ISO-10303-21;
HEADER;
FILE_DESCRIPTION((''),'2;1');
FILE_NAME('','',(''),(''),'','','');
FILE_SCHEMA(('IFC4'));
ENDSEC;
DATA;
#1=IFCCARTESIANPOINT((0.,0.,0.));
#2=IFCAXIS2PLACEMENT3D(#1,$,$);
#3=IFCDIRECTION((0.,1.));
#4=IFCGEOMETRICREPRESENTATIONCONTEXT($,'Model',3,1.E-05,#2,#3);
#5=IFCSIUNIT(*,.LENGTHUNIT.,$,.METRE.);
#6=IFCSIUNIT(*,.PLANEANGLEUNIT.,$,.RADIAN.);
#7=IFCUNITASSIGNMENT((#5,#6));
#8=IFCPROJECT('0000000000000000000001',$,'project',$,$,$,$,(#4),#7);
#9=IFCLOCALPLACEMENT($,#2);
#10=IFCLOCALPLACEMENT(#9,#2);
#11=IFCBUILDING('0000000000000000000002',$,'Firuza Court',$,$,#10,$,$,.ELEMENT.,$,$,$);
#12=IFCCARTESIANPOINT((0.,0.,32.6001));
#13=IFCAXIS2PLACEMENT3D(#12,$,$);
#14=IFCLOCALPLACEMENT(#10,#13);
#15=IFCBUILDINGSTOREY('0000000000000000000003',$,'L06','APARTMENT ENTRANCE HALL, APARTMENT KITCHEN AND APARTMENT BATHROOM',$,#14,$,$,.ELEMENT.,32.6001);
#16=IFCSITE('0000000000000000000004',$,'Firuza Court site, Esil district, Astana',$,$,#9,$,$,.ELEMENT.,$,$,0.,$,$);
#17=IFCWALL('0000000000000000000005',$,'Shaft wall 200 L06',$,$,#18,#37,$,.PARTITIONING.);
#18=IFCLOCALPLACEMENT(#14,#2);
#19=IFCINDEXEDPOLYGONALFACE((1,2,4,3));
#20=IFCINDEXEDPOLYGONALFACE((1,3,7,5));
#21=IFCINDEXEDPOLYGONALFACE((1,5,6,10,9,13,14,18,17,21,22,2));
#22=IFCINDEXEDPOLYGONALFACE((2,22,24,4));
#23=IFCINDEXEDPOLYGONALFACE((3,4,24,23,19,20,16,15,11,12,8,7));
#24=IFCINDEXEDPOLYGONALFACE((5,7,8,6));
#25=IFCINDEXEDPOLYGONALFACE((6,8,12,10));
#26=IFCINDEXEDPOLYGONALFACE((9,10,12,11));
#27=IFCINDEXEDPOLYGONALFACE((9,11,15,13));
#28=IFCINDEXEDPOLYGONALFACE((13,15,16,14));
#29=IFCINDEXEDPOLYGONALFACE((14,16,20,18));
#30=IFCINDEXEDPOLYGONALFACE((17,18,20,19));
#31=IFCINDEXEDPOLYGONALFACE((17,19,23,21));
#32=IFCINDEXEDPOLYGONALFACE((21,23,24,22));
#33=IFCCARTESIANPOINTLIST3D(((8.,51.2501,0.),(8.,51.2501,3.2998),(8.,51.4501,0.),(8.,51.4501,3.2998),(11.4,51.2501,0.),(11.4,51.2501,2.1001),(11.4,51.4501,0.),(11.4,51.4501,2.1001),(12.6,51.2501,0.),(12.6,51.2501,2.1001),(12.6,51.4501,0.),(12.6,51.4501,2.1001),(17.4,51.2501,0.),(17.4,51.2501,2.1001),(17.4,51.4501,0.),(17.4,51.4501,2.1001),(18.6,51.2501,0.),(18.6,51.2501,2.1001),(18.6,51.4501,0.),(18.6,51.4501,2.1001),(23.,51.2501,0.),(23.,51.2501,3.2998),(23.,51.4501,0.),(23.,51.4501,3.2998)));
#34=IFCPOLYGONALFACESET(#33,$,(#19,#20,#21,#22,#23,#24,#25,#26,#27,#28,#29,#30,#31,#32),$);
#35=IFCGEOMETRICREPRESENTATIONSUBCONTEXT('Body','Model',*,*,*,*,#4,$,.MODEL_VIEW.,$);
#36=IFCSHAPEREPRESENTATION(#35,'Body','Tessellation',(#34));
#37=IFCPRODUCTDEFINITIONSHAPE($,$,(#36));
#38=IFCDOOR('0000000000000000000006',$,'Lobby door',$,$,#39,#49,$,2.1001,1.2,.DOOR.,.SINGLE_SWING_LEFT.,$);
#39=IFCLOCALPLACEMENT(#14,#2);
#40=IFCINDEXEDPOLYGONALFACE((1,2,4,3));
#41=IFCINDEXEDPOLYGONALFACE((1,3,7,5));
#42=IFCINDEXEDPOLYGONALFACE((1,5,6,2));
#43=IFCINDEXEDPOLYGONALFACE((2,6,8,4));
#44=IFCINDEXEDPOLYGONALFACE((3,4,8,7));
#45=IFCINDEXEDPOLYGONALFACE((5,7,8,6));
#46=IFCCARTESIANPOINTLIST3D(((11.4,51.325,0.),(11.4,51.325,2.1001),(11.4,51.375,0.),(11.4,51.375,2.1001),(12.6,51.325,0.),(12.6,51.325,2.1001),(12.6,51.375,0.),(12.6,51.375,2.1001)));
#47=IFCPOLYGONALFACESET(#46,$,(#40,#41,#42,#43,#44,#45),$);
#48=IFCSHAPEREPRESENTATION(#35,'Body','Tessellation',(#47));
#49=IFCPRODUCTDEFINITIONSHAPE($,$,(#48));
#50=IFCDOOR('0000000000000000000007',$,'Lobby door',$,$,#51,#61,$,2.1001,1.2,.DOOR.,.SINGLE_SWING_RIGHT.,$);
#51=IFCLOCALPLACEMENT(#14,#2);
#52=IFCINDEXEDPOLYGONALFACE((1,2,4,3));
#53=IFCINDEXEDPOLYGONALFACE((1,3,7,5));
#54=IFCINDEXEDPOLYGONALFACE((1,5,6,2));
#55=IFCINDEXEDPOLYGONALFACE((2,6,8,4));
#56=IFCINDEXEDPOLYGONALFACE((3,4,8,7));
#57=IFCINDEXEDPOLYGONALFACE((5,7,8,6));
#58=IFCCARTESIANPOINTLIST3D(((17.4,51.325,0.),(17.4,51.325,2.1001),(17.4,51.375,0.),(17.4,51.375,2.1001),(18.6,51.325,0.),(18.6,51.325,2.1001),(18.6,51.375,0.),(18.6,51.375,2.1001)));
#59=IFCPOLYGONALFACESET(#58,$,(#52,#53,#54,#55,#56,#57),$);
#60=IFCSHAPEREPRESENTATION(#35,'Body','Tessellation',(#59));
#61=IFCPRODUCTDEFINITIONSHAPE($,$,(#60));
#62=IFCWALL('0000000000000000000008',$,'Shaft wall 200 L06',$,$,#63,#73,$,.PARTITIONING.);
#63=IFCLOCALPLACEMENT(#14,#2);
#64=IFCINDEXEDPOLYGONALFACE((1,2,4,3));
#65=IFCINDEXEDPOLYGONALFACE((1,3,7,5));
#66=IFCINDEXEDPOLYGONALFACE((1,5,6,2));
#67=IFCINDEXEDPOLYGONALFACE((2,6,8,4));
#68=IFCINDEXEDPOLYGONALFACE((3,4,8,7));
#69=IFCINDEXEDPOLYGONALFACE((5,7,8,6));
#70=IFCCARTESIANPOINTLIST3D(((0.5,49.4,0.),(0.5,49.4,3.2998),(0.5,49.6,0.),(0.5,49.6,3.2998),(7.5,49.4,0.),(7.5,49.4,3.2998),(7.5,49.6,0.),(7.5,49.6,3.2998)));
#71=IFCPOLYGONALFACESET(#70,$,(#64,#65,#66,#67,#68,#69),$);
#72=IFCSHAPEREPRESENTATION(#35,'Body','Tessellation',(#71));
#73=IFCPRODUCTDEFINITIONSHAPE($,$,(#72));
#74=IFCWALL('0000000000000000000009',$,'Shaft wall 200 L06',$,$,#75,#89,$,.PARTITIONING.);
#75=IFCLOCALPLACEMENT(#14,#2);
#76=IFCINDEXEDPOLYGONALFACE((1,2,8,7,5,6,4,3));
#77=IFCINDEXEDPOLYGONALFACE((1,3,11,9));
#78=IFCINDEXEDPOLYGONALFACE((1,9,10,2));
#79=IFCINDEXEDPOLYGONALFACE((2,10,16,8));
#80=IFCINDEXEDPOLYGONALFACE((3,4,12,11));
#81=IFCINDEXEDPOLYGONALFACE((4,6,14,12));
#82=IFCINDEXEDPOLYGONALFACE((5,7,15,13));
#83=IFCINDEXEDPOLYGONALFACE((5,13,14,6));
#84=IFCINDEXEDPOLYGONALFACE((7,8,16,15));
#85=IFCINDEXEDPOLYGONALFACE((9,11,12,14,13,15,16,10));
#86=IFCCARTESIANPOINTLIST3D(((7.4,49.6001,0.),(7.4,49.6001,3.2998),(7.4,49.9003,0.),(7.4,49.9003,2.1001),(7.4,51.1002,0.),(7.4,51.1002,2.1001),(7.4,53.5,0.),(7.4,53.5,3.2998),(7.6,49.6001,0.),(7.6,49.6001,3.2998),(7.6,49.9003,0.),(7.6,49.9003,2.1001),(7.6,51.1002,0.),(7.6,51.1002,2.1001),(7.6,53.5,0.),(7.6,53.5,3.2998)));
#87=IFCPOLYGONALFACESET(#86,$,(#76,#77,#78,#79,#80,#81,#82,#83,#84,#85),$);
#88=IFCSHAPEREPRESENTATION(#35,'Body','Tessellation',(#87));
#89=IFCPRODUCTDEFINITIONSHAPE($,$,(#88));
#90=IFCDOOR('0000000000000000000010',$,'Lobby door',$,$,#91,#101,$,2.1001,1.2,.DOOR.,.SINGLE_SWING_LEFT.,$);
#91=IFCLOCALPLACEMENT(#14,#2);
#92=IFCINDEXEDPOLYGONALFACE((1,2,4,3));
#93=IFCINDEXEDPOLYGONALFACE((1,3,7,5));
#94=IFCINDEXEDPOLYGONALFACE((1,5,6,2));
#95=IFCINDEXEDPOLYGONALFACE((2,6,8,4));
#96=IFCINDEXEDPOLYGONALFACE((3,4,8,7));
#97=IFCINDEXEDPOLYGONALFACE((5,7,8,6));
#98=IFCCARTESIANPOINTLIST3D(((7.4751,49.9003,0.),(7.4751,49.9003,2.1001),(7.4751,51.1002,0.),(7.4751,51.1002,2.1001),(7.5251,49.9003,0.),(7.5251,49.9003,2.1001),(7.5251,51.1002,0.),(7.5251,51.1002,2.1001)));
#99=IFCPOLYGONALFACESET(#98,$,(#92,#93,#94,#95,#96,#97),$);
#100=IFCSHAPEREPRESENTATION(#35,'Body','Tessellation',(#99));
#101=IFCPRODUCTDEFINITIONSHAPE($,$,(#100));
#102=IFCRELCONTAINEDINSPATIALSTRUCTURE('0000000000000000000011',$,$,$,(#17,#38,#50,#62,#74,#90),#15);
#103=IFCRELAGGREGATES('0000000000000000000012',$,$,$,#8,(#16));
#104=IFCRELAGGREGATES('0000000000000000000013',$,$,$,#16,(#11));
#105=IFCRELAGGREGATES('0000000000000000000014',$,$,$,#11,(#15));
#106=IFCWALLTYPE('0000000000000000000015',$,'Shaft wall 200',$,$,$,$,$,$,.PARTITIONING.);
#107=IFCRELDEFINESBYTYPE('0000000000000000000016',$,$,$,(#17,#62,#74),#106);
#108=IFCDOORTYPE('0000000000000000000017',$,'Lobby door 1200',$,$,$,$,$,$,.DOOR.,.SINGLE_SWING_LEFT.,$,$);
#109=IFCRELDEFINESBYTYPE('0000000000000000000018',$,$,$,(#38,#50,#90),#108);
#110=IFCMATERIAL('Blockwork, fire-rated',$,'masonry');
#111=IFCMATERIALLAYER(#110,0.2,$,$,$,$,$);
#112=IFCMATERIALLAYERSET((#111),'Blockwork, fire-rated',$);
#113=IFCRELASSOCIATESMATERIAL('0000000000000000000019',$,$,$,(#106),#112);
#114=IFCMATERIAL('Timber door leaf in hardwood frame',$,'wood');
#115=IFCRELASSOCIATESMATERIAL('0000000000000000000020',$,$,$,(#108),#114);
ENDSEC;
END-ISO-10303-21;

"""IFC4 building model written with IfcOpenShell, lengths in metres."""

from ifc_helpers import new_model, si_unit, direction, frame, frame_2d, origin, place, context, subcontext, project, spatial, rectangle, extrude, material, layer, layer_set, type_object, element, fill, save


model = new_model("IFC4")

# Units and contexts
model_context = context("Model", 3, precision=1e-05, world=origin(), true_north=direction((0.0, 1.0)))
body_context = subcontext(model_context, "Body", "Model", "MODEL_VIEW")
ifc_project = project(units=[si_unit("LENGTHUNIT", "METRE"), si_unit("PLANEANGLEUNIT", "RADIAN")], contexts=[model_context])

# Site, building, storey
site_placement = place(None, origin())
site = spatial("IfcSite", under=ifc_project, at=site_placement, Name="Firuza Court site, Esil district, Astana", CompositionType="ELEMENT", RefElevation=0.0)
building_placement = place(site_placement, origin())
building = spatial("IfcBuilding", under=site, at=building_placement, Name="Firuza Court", CompositionType="ELEMENT")
storey_placement = place(building_placement, frame((0.0, 0.0, 32.6001)))
storey = spatial("IfcBuildingStorey", under=building, at=storey_placement, Name="L06", Description="APARTMENT ENTRANCE HALL, APARTMENT KITCHEN AND APARTMENT BATHROOM", CompositionType="ELEMENT", Elevation=32.6001)

# Wall, openings, doors
ifc_material_1 = material(Name="Blockwork, fire-rated", Category="masonry")
ifc_layer_1 = layer(ifc_material_1, 0.2)
ifc_layer_set_1 = layer_set([ifc_layer_1], Name="Blockwork, fire-rated")
wall_type_1 = type_object("IfcWallType", Name="Shaft wall 200", PredefinedType="PARTITIONING", material=ifc_layer_set_1)
wall_1_placement = place(storey_placement, frame((8.0, 51.3501, 0.0), z_axis=(0.0, 0.0, 1.0), x_axis=(1.0, 0.0, 0.0)))
wall_1 = element("IfcWall", 1, at=wall_1_placement, inside=storey, type_object=wall_type_1, Name="Shaft wall 200 L06", PredefinedType="PARTITIONING", context=body_context, shape_type="SweptSolid", body=[
    extrude(rectangle(XDim=15.0, YDim=0.2, at=frame_2d((7.5, 0.0))), origin(), (0.0, 0.0, 1.0), 3.2998),
])
opening_1_placement = place(wall_1_placement, frame((3.3999, 0.0, 0.0)))
opening_1 = element("IfcOpeningElement", 2, at=opening_1_placement, cuts=wall_1, PredefinedType="OPENING", context=body_context, shape_type="SweptSolid", body=[
    extrude(rectangle(XDim=1.2, YDim=2.1001, at=frame_2d((0.6001, 1.05))), frame((0.0, 0.1118, 0.0), z_axis=(0.0, -1.0, 0.0), x_axis=(1.0, 0.0, 0.0)), (0.0, 0.0, 1.0), 0.2239),
])
opening_2_placement = place(wall_1_placement, frame((9.3999, 0.0, 0.0)))
opening_2 = element("IfcOpeningElement", 3, at=opening_2_placement, cuts=wall_1, PredefinedType="OPENING", context=body_context, shape_type="SweptSolid", body=[
    extrude(rectangle(XDim=1.2, YDim=2.1001, at=frame_2d((0.6001, 1.05))), frame((0.0, 0.1118, 0.0), z_axis=(0.0, -1.0, 0.0), x_axis=(1.0, 0.0, 0.0)), (0.0, 0.0, 1.0), 0.2239),
])
ifc_material_2 = material(Name="Timber door leaf in hardwood frame", Category="wood")
door_type_1 = type_object("IfcDoorType", Name="Lobby door 1200", OperationType="SINGLE_SWING_LEFT", PredefinedType="DOOR", material=ifc_material_2)
door_1_placement = place(opening_1_placement, origin())
door_1 = element("IfcDoor", 4, at=door_1_placement, inside=storey, type_object=door_type_1, Name="Lobby door", OperationType="SINGLE_SWING_LEFT", OverallHeight=2.1001, OverallWidth=1.2, PredefinedType="DOOR", context=body_context, shape_type="SweptSolid", body=[
    extrude(rectangle(XDim=1.2, YDim=2.1001, at=frame_2d((0.6001, 1.05))), frame((0.0, 0.0249, 0.0), z_axis=(0.0, -1.0, 0.0), x_axis=(1.0, 0.0, 0.0)), (0.0, 0.0, 1.0), 0.05),
])
fill(opening_1, door_1)
door_2_placement = place(opening_2_placement, origin())
door_2 = element("IfcDoor", 5, at=door_2_placement, inside=storey, type_object=door_type_1, Name="Lobby door", OperationType="SINGLE_SWING_RIGHT", OverallHeight=2.1001, OverallWidth=1.2, PredefinedType="DOOR", context=body_context, shape_type="SweptSolid", body=[
    extrude(rectangle(XDim=1.2, YDim=2.1001, at=frame_2d((0.6001, 1.05))), frame((0.0, 0.0249, 0.0), z_axis=(0.0, -1.0, 0.0), x_axis=(1.0, 0.0, 0.0)), (0.0, 0.0, 1.0), 0.05),
])
fill(opening_2, door_2)

# Wall
wall_2_placement = place(storey_placement, frame((0.5, 49.5, 0.0), z_axis=(0.0, 0.0, 1.0), x_axis=(1.0, 0.0, 0.0)))
element("IfcWall", 6, at=wall_2_placement, inside=storey, type_object=wall_type_1, Name="Shaft wall 200 L06", PredefinedType="PARTITIONING", context=body_context, shape_type="SweptSolid", body=[
    extrude(rectangle(XDim=7.0, YDim=0.2, at=frame_2d((3.5, 0.0))), origin(), (0.0, 0.0, 1.0), 3.2998),
])

# Wall, opening, door
wall_3_placement = place(storey_placement, frame((7.5, 49.6001, 0.0), z_axis=(0.0, 0.0, 1.0), x_axis=(0.0, 1.0, 0.0)))
wall_3 = element("IfcWall", 7, at=wall_3_placement, inside=storey, type_object=wall_type_1, Name="Shaft wall 200 L06", PredefinedType="PARTITIONING", context=body_context, shape_type="SweptSolid", body=[
    extrude(rectangle(XDim=3.8999, YDim=0.2, at=frame_2d((1.95, 0.0))), origin(), (0.0, 0.0, 1.0), 3.2998),
])
opening_3_placement = place(wall_3_placement, frame((0.3, 0.0, 0.0)))
opening_3 = element("IfcOpeningElement", 8, at=opening_3_placement, cuts=wall_3, PredefinedType="OPENING", context=body_context, shape_type="SweptSolid", body=[
    extrude(rectangle(XDim=1.2, YDim=2.1001, at=frame_2d((0.6001, 1.05))), frame((0.0, 0.1118, 0.0), z_axis=(0.0, -1.0, 0.0), x_axis=(1.0, 0.0, 0.0)), (0.0, 0.0, 1.0), 0.2239),
])
door_3_placement = place(opening_3_placement, origin())
door_3 = element("IfcDoor", 9, at=door_3_placement, inside=storey, type_object=door_type_1, Name="Lobby door", OperationType="SINGLE_SWING_LEFT", OverallHeight=2.1001, OverallWidth=1.2, PredefinedType="DOOR", context=body_context, shape_type="SweptSolid", body=[
    extrude(rectangle(XDim=1.2, YDim=2.1001, at=frame_2d((0.6001, 1.05))), frame((0.0, 0.0249, 0.0), z_axis=(0.0, -1.0, 0.0), x_axis=(1.0, 0.0, 0.0)), (0.0, 0.0, 1.0), 0.05),
])
fill(opening_3, door_3)

save(model, "model.ifc")
